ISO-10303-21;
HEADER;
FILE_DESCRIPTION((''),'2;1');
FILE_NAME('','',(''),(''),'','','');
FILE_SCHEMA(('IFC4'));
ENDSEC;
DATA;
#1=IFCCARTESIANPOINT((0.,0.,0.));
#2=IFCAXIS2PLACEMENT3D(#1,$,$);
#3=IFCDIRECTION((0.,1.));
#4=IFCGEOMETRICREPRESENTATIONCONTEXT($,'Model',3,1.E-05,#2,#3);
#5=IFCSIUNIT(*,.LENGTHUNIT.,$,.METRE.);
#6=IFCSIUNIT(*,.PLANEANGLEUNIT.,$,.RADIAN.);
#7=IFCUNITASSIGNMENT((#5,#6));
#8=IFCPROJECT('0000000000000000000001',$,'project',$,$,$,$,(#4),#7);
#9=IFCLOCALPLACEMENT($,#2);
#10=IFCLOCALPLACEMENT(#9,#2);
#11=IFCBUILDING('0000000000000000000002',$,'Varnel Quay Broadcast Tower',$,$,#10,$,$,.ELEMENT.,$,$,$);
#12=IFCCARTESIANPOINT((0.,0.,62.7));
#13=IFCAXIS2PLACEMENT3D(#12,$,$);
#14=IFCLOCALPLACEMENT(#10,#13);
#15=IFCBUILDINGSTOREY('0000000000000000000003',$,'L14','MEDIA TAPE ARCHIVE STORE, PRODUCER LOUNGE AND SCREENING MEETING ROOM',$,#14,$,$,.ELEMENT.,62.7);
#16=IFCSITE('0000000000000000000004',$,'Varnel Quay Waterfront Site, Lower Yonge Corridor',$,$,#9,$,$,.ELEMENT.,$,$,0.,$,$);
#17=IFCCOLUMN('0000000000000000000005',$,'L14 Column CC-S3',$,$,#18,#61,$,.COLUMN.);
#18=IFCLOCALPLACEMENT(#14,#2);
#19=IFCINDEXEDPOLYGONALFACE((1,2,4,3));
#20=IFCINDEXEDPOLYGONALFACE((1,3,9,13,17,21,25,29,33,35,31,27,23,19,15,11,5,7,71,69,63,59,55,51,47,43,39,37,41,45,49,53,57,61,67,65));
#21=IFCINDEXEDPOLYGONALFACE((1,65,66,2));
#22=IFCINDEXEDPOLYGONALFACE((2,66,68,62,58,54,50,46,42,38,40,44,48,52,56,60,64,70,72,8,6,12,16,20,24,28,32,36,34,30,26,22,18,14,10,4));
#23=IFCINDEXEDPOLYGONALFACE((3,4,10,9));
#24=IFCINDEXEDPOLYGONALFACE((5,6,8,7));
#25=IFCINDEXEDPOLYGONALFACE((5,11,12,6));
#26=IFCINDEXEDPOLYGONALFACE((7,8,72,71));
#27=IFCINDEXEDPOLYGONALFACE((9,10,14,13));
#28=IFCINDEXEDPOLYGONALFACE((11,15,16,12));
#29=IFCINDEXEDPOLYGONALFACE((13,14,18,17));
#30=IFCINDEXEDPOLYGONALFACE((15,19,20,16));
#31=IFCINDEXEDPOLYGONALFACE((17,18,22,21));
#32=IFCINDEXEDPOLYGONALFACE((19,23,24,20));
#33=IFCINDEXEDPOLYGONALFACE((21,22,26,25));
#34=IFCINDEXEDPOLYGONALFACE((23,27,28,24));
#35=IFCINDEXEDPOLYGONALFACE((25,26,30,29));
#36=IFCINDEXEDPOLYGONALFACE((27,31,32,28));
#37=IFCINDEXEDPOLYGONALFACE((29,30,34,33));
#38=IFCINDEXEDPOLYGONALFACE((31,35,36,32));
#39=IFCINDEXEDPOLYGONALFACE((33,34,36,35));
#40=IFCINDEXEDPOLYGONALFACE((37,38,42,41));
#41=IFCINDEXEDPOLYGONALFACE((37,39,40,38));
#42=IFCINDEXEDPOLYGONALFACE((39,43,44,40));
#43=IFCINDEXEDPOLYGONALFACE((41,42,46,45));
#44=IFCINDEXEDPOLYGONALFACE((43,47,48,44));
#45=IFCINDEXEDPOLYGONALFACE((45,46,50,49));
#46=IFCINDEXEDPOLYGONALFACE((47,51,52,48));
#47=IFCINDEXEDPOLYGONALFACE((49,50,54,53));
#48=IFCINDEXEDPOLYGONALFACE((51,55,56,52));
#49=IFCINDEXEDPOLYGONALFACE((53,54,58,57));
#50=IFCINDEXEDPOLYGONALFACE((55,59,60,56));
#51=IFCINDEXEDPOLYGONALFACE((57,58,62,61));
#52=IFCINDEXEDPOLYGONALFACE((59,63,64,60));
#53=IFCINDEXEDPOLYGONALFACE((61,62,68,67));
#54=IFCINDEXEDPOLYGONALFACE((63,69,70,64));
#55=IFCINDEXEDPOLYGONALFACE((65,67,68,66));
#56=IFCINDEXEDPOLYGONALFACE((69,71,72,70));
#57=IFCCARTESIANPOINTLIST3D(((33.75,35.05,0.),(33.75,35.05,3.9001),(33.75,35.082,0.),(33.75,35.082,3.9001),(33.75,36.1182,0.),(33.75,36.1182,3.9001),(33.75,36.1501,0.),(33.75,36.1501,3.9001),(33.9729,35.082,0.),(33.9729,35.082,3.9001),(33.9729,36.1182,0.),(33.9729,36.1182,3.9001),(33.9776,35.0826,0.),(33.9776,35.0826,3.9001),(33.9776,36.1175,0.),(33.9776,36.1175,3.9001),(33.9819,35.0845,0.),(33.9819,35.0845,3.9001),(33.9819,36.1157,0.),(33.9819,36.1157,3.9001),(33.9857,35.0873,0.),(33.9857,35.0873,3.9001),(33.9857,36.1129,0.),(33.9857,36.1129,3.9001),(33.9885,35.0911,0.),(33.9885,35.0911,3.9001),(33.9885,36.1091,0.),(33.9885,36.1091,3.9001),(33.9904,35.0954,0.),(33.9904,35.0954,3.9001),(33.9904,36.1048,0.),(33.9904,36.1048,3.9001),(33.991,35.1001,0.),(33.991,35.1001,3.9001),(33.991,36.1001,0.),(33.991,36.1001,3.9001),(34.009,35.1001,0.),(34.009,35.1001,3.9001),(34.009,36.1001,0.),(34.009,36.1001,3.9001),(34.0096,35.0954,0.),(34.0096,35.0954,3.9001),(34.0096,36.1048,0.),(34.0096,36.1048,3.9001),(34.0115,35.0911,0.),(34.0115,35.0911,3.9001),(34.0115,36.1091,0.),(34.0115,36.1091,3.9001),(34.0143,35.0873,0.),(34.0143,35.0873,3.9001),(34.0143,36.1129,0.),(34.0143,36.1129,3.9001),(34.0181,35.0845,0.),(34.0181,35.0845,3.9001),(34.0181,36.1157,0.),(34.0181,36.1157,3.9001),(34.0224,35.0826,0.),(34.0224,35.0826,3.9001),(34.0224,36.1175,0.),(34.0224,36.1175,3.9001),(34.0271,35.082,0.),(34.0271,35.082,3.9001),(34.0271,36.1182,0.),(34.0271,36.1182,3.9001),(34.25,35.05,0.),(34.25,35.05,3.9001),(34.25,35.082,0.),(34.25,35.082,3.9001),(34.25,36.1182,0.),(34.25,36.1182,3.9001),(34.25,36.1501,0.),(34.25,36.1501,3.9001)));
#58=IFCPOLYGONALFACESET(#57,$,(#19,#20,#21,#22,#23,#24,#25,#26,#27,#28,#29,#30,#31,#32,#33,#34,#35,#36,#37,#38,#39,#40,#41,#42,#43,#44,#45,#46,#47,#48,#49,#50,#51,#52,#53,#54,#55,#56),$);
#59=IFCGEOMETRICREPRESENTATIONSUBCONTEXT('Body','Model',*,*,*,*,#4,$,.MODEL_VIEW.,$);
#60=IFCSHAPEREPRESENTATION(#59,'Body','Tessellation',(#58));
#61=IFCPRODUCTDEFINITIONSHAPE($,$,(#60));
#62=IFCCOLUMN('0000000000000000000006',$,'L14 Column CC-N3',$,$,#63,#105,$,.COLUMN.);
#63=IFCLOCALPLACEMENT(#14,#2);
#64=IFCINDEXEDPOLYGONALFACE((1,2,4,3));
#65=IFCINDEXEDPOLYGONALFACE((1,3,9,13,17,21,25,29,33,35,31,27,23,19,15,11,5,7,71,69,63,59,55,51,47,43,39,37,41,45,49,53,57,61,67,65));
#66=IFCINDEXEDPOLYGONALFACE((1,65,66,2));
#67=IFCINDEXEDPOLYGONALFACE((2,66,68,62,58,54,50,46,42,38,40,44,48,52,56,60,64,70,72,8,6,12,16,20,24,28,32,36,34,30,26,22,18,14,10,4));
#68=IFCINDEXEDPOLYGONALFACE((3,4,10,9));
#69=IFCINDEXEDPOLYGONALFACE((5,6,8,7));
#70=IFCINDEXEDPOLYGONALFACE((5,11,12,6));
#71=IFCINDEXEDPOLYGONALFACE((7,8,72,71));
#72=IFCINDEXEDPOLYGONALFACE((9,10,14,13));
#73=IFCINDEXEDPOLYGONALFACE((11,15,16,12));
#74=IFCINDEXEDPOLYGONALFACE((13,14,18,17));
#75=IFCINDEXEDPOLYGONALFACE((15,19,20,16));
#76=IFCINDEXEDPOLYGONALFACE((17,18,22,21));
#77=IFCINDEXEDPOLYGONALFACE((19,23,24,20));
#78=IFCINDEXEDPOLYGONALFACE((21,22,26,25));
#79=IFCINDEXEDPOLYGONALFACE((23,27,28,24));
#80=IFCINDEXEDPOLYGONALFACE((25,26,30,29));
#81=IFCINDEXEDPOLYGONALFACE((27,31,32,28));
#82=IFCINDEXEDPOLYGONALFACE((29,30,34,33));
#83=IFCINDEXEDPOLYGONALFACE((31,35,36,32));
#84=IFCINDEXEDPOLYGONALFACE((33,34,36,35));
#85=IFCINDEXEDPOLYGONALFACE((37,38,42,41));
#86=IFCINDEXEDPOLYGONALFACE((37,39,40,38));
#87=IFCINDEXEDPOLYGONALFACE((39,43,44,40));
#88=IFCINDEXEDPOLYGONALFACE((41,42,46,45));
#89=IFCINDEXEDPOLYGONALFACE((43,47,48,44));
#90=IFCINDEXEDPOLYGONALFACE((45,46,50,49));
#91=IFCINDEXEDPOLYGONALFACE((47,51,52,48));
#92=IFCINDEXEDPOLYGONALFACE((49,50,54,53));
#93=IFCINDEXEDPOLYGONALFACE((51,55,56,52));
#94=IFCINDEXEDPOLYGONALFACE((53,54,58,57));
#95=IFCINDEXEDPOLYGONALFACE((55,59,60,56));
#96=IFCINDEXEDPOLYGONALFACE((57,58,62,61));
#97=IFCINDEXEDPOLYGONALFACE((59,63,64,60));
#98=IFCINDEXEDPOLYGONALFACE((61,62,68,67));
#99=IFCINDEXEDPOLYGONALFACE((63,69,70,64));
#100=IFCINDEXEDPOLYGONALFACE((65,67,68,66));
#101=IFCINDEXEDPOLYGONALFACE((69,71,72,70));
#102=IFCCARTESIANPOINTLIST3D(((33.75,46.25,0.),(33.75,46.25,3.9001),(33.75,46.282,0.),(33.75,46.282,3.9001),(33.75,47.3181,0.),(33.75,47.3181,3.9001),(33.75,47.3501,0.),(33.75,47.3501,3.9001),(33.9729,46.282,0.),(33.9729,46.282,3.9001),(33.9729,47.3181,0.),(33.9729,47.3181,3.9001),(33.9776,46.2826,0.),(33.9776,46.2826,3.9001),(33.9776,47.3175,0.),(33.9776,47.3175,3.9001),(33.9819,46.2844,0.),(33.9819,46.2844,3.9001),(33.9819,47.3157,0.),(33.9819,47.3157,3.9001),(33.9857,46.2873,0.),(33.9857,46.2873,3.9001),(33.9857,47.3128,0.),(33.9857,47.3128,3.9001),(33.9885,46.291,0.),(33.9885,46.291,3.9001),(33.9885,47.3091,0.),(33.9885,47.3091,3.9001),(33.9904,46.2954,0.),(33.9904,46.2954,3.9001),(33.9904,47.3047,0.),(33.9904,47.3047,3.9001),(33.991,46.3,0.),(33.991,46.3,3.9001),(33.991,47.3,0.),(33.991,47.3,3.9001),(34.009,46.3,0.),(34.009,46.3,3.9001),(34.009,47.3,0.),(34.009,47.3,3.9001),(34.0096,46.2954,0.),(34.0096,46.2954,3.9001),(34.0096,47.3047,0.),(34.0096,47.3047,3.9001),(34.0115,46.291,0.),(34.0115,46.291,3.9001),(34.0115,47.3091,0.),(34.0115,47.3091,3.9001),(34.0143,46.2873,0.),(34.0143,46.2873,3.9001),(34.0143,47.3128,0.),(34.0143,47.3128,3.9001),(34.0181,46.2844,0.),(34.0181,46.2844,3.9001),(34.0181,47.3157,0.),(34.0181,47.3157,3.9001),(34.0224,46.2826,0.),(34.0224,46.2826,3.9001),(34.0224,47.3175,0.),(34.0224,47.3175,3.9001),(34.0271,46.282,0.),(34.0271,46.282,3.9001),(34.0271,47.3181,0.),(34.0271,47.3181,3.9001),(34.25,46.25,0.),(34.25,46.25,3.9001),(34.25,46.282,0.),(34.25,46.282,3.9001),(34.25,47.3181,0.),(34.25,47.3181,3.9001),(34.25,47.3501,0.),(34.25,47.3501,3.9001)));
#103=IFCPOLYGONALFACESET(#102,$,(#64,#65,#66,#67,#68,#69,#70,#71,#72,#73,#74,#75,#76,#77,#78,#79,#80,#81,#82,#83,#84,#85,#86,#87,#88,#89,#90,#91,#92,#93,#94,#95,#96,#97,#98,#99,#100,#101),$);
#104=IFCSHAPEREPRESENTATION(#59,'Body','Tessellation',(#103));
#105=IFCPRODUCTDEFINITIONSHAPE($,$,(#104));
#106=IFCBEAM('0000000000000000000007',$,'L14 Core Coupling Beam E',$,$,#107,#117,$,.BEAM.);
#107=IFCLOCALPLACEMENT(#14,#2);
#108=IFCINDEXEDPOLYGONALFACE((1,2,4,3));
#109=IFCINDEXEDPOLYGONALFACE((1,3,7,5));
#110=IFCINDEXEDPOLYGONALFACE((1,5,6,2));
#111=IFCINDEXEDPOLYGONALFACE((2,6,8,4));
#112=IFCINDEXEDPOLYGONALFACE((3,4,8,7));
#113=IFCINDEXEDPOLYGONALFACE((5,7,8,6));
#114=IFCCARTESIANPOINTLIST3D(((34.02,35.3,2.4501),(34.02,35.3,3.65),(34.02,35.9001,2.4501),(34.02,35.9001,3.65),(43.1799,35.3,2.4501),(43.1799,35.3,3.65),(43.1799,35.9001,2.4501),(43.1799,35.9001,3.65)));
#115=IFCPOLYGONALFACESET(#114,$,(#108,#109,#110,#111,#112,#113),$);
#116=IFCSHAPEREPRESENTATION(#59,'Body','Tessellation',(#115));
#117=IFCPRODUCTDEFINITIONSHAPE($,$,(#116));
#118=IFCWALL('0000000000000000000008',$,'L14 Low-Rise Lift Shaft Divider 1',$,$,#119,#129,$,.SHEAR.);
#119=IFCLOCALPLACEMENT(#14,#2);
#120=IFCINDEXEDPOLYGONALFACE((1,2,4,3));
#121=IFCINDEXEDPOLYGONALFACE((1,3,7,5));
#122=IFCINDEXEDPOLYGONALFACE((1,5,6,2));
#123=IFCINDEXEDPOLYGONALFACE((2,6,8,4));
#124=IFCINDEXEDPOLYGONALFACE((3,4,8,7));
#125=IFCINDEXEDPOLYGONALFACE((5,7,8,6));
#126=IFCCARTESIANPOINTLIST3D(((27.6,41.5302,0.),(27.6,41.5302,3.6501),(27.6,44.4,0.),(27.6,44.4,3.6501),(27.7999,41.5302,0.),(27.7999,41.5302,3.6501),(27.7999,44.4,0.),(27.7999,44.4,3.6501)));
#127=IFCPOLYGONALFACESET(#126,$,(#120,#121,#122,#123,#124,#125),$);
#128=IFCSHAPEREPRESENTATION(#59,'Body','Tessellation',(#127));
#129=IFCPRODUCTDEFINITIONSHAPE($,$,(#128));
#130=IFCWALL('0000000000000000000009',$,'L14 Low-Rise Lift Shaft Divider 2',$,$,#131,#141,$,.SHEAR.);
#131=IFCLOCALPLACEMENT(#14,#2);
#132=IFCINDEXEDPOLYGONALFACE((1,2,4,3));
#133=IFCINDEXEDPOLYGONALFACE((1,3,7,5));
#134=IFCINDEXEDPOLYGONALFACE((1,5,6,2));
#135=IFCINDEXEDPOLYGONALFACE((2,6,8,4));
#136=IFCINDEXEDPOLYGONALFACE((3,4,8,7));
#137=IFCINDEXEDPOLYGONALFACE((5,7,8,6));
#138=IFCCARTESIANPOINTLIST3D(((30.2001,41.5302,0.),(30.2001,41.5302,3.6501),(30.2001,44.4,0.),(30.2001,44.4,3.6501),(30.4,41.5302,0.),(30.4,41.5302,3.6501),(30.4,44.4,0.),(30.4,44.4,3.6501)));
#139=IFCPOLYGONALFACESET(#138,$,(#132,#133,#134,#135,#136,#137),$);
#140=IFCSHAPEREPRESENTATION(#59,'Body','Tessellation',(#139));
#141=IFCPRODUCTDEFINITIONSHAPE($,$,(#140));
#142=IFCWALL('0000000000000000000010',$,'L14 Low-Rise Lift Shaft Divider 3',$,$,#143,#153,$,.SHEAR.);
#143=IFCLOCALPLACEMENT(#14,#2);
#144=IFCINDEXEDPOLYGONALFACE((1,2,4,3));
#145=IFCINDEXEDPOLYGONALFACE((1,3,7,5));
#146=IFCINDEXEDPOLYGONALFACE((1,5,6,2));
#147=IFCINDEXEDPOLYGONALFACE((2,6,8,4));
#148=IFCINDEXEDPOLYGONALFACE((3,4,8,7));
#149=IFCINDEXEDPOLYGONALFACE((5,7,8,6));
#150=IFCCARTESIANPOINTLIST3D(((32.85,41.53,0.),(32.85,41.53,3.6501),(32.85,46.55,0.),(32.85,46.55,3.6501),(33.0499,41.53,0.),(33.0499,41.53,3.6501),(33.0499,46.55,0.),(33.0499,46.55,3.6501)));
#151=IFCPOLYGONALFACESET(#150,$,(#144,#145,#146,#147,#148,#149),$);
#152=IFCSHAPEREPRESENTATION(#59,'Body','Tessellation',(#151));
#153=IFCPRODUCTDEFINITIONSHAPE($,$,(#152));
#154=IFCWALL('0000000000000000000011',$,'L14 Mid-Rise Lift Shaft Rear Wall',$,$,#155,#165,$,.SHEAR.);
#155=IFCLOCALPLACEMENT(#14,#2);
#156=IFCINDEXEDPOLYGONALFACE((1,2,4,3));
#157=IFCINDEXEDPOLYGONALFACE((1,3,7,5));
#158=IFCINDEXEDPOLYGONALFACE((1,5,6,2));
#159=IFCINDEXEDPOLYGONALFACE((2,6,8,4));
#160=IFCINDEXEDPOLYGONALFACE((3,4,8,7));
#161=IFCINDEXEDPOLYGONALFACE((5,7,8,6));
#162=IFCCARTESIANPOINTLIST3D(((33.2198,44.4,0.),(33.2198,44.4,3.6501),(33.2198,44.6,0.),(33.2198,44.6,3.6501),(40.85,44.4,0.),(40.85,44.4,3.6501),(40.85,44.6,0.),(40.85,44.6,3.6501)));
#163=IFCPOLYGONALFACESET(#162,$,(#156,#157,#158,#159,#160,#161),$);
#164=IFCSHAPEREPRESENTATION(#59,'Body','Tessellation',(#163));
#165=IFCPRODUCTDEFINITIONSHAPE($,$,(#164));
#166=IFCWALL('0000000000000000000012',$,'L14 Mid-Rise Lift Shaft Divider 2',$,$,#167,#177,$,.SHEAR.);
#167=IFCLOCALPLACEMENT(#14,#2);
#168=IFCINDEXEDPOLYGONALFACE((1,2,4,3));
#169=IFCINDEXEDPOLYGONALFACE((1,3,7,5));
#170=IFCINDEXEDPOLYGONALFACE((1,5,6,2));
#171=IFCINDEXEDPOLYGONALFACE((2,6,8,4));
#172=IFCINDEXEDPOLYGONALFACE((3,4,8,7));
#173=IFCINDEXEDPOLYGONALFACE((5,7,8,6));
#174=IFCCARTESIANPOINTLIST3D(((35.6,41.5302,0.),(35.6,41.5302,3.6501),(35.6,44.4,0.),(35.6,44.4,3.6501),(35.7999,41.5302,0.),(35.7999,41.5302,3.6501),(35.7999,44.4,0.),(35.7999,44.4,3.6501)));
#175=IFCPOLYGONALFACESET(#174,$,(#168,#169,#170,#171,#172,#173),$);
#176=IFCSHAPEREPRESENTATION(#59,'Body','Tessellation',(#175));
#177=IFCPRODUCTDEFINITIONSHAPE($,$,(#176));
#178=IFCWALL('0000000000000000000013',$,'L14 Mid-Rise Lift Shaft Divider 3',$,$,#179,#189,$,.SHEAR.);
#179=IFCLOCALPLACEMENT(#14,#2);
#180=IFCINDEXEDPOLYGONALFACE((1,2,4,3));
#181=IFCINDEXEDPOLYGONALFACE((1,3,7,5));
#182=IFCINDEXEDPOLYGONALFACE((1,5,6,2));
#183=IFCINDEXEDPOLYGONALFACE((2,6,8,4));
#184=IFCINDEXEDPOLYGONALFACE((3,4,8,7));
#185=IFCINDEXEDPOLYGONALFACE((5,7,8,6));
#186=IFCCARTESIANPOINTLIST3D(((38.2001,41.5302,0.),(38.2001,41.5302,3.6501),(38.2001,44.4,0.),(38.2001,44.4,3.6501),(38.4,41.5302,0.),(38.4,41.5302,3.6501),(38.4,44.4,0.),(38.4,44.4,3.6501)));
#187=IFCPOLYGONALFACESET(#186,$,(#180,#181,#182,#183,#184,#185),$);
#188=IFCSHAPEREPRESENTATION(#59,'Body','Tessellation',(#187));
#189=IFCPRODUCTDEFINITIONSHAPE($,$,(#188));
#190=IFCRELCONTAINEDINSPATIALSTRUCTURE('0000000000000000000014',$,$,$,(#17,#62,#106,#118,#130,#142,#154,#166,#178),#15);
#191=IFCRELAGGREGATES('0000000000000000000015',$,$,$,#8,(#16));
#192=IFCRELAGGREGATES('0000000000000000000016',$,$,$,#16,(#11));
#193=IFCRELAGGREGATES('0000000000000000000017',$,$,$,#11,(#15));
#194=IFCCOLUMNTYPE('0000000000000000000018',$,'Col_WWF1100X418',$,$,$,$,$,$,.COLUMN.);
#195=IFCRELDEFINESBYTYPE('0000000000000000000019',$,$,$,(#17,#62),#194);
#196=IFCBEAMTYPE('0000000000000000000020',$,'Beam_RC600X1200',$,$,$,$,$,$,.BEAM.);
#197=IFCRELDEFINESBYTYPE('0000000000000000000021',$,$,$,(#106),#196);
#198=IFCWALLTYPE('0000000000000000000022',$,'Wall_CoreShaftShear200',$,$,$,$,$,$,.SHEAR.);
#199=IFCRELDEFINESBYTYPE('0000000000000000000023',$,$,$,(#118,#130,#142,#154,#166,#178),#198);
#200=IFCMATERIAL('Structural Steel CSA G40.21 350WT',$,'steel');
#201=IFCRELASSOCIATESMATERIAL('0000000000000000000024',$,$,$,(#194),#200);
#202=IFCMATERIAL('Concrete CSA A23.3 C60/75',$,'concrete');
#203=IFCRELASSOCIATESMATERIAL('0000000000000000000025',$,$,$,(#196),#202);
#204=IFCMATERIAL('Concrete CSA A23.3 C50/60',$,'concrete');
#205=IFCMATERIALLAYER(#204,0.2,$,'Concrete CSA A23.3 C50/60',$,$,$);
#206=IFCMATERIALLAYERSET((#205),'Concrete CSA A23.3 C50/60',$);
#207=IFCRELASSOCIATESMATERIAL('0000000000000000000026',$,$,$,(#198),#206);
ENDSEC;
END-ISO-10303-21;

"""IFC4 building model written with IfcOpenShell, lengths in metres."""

from ifc_helpers import new_model, si_unit, direction, frame, frame_2d, origin, origin_2d, place, context, subcontext, project, spatial, rectangle, i_section, extrude, source, transform, mapped, material, layer, layer_set, material_profile, profile_set, type_object, type_shapes, element, save


model = new_model("IFC4")

# Units and contexts
model_context = context("Model", 3, precision=1e-05, world=origin(), true_north=direction((0.0, 1.0)))
body_context = subcontext(model_context, "Body", "Model", "MODEL_VIEW")
ifc_project = project(units=[si_unit("LENGTHUNIT", "METRE"), si_unit("PLANEANGLEUNIT", "RADIAN")], contexts=[model_context])

# Site, building, storey
site_placement = place(None, origin())
site = spatial("IfcSite", under=ifc_project, at=site_placement, Name="Varnel Quay Waterfront Site, Lower Yonge Corridor", CompositionType="ELEMENT", RefElevation=0.0)
building_placement = place(site_placement, origin())
building = spatial("IfcBuilding", under=site, at=building_placement, Name="Varnel Quay Broadcast Tower", CompositionType="ELEMENT")
storey_placement = place(building_placement, frame((0.0, 0.0, 62.7)))
storey = spatial("IfcBuildingStorey", under=building, at=storey_placement, Name="L14", Description="MEDIA TAPE ARCHIVE STORE, PRODUCER LOUNGE AND SCREENING MEETING ROOM", CompositionType="ELEMENT", Elevation=62.7)

# Columns
ifc_material_1 = material(Name="Structural Steel CSA G40.21 350WT", Category="steel")
ifc_material_profile_1 = material_profile(ifc_material_1, i_section(OverallWidth=0.5, OverallDepth=1.1001, WebThickness=0.0181, FlangeThickness=0.032, FilletRadius=0.0181, at=origin_2d()), Name="WWF1100X418")
ifc_profile_set_1 = profile_set([ifc_material_profile_1], Name="Structural Steel CSA G40.21 350WT")
column_type = type_object("IfcColumnType", Name="Col_WWF1100X418", PredefinedType="COLUMN", material=ifc_profile_set_1)
shared_shape_1 = source(origin(), body_context, "Body", "SweptSolid", [
    extrude(i_section(OverallWidth=0.5, OverallDepth=1.1001, WebThickness=0.0181, FlangeThickness=0.032, FilletRadius=0.0181, at=origin_2d()), origin(), (0.0, 0.0, 1.0), 3.9001),
])
type_shapes(column_type, [shared_shape_1])
for number, where, z_axis, x_axis, name in (
    (1, (34.0, 35.6001, 0.0), (0.0, 0.0, 1.0), (1.0, 0.0, 0.0), "L14 Column CC-S3"),
    (2, (34.0, 46.8, 0.0), (0.0, 0.0, 1.0), (1.0, 0.0, 0.0), "L14 Column CC-N3"),
):
    element("IfcColumn", number, at=place(storey_placement, frame(where, z_axis=z_axis, x_axis=x_axis)), inside=storey, type_object=column_type, Name=name, PredefinedType="COLUMN", context=body_context, shape_type="MappedRepresentation", body=[
        mapped(shared_shape_1, transform((0.0, 0.0, 0.0), x_axis=(1.0, 0.0, 0.0), y_axis=(0.0, 1.0, 0.0), z_axis=(0.0, 0.0, 1.0), scale=1.0)),
    ])

# Beam
ifc_material_2 = material(Name="Concrete CSA A23.3 C60/75", Category="concrete")
ifc_material_profile_2 = material_profile(ifc_material_2, rectangle(XDim=0.6001, YDim=1.2, at=origin_2d()), Name="RC600X1200")
ifc_profile_set_2 = profile_set([ifc_material_profile_2], Name="Concrete CSA A23.3 C60/75")
beam_type = type_object("IfcBeamType", Name="Beam_RC600X1200", PredefinedType="BEAM", material=ifc_profile_set_2)
shared_shape_2 = source(origin(), body_context, "Body", "SweptSolid", [
    extrude(rectangle(XDim=0.6001, YDim=1.2, at=origin_2d()), origin(), (0.0, 0.0, 1.0), 9.1599),
])
type_shapes(beam_type, [shared_shape_2])
beam_placement = place(storey_placement, frame((34.02, 35.6001, 3.05), z_axis=(1.0, 0.0, 0.0), x_axis=(0.0, 1.0, 0.0)))
element("IfcBeam", 3, at=beam_placement, inside=storey, type_object=beam_type, Name="L14 Core Coupling Beam E", PredefinedType="BEAM", context=body_context, shape_type="MappedRepresentation", body=[
    mapped(shared_shape_2, transform((0.0, 0.0, 0.0), x_axis=(1.0, 0.0, 0.0), y_axis=(0.0, 1.0, 0.0), z_axis=(0.0, 0.0, 1.0), scale=1.0)),
])

# Walls
ifc_material_3 = material(Name="Concrete CSA A23.3 C50/60", Category="concrete")
ifc_layer_1 = layer(ifc_material_3, 0.2, Name="Concrete CSA A23.3 C50/60")
ifc_layer_set_1 = layer_set([ifc_layer_1], Name="Concrete CSA A23.3 C50/60")
wall_type_1 = type_object("IfcWallType", Name="Wall_CoreShaftShear200", PredefinedType="SHEAR", material=ifc_layer_set_1)
for number, where, z_axis, x_axis, name in (
    (4, (27.7, 41.53, 0.0), (0.0, 0.0, 1.0), (0.0, 1.0, 0.0), "L14 Low-Rise Lift Shaft Divider 1"),
    (5, (30.3, 41.53, 0.0), (0.0, 0.0, 1.0), (0.0, 1.0, 0.0), "L14 Low-Rise Lift Shaft Divider 2"),
):
    element("IfcWall", number, at=place(storey_placement, frame(where, z_axis=z_axis, x_axis=x_axis)), inside=storey, type_object=wall_type_1, Name=name, PredefinedType="SHEAR", context=body_context, shape_type="SweptSolid", body=[
        extrude(rectangle(XDim=2.8699, YDim=0.2, at=frame_2d((1.4351, 0.0))), origin(), (0.0, 0.0, 1.0), 3.6501),
    ])
wall_1_placement = place(storey_placement, frame((32.95, 41.53, 0.0), z_axis=(0.0, 0.0, 1.0), x_axis=(0.0, 1.0, 0.0)))
element("IfcWall", 6, at=wall_1_placement, inside=storey, type_object=wall_type_1, Name="L14 Low-Rise Lift Shaft Divider 3", PredefinedType="SHEAR", context=body_context, shape_type="SweptSolid", body=[
    extrude(rectangle(XDim=5.02, YDim=0.2, at=frame_2d((2.51, 0.0))), origin(), (0.0, 0.0, 1.0), 3.6501),
])
wall_2_placement = place(storey_placement, frame((33.22, 44.5, 0.0), z_axis=(0.0, 0.0, 1.0), x_axis=(1.0, 0.0, 0.0)))
element("IfcWall", 7, at=wall_2_placement, inside=storey, type_object=wall_type_1, Name="L14 Mid-Rise Lift Shaft Rear Wall", PredefinedType="SHEAR", context=body_context, shape_type="SweptSolid", body=[
    extrude(rectangle(XDim=7.6301, YDim=0.2, at=frame_2d((3.8149, 0.0))), origin(), (0.0, 0.0, 1.0), 3.6501),
])
for number, where, z_axis, x_axis, name in (
    (8, (35.7, 41.53, 0.0), (0.0, 0.0, 1.0), (0.0, 1.0, 0.0), "L14 Mid-Rise Lift Shaft Divider 2"),
    (9, (38.3, 41.53, 0.0), (0.0, 0.0, 1.0), (0.0, 1.0, 0.0), "L14 Mid-Rise Lift Shaft Divider 3"),
):
    element("IfcWall", number, at=place(storey_placement, frame(where, z_axis=z_axis, x_axis=x_axis)), inside=storey, type_object=wall_type_1, Name=name, PredefinedType="SHEAR", context=body_context, shape_type="SweptSolid", body=[
        extrude(rectangle(XDim=2.8699, YDim=0.2, at=frame_2d((1.4351, 0.0))), origin(), (0.0, 0.0, 1.0), 3.6501),
    ])

save(model, "model.ifc")
